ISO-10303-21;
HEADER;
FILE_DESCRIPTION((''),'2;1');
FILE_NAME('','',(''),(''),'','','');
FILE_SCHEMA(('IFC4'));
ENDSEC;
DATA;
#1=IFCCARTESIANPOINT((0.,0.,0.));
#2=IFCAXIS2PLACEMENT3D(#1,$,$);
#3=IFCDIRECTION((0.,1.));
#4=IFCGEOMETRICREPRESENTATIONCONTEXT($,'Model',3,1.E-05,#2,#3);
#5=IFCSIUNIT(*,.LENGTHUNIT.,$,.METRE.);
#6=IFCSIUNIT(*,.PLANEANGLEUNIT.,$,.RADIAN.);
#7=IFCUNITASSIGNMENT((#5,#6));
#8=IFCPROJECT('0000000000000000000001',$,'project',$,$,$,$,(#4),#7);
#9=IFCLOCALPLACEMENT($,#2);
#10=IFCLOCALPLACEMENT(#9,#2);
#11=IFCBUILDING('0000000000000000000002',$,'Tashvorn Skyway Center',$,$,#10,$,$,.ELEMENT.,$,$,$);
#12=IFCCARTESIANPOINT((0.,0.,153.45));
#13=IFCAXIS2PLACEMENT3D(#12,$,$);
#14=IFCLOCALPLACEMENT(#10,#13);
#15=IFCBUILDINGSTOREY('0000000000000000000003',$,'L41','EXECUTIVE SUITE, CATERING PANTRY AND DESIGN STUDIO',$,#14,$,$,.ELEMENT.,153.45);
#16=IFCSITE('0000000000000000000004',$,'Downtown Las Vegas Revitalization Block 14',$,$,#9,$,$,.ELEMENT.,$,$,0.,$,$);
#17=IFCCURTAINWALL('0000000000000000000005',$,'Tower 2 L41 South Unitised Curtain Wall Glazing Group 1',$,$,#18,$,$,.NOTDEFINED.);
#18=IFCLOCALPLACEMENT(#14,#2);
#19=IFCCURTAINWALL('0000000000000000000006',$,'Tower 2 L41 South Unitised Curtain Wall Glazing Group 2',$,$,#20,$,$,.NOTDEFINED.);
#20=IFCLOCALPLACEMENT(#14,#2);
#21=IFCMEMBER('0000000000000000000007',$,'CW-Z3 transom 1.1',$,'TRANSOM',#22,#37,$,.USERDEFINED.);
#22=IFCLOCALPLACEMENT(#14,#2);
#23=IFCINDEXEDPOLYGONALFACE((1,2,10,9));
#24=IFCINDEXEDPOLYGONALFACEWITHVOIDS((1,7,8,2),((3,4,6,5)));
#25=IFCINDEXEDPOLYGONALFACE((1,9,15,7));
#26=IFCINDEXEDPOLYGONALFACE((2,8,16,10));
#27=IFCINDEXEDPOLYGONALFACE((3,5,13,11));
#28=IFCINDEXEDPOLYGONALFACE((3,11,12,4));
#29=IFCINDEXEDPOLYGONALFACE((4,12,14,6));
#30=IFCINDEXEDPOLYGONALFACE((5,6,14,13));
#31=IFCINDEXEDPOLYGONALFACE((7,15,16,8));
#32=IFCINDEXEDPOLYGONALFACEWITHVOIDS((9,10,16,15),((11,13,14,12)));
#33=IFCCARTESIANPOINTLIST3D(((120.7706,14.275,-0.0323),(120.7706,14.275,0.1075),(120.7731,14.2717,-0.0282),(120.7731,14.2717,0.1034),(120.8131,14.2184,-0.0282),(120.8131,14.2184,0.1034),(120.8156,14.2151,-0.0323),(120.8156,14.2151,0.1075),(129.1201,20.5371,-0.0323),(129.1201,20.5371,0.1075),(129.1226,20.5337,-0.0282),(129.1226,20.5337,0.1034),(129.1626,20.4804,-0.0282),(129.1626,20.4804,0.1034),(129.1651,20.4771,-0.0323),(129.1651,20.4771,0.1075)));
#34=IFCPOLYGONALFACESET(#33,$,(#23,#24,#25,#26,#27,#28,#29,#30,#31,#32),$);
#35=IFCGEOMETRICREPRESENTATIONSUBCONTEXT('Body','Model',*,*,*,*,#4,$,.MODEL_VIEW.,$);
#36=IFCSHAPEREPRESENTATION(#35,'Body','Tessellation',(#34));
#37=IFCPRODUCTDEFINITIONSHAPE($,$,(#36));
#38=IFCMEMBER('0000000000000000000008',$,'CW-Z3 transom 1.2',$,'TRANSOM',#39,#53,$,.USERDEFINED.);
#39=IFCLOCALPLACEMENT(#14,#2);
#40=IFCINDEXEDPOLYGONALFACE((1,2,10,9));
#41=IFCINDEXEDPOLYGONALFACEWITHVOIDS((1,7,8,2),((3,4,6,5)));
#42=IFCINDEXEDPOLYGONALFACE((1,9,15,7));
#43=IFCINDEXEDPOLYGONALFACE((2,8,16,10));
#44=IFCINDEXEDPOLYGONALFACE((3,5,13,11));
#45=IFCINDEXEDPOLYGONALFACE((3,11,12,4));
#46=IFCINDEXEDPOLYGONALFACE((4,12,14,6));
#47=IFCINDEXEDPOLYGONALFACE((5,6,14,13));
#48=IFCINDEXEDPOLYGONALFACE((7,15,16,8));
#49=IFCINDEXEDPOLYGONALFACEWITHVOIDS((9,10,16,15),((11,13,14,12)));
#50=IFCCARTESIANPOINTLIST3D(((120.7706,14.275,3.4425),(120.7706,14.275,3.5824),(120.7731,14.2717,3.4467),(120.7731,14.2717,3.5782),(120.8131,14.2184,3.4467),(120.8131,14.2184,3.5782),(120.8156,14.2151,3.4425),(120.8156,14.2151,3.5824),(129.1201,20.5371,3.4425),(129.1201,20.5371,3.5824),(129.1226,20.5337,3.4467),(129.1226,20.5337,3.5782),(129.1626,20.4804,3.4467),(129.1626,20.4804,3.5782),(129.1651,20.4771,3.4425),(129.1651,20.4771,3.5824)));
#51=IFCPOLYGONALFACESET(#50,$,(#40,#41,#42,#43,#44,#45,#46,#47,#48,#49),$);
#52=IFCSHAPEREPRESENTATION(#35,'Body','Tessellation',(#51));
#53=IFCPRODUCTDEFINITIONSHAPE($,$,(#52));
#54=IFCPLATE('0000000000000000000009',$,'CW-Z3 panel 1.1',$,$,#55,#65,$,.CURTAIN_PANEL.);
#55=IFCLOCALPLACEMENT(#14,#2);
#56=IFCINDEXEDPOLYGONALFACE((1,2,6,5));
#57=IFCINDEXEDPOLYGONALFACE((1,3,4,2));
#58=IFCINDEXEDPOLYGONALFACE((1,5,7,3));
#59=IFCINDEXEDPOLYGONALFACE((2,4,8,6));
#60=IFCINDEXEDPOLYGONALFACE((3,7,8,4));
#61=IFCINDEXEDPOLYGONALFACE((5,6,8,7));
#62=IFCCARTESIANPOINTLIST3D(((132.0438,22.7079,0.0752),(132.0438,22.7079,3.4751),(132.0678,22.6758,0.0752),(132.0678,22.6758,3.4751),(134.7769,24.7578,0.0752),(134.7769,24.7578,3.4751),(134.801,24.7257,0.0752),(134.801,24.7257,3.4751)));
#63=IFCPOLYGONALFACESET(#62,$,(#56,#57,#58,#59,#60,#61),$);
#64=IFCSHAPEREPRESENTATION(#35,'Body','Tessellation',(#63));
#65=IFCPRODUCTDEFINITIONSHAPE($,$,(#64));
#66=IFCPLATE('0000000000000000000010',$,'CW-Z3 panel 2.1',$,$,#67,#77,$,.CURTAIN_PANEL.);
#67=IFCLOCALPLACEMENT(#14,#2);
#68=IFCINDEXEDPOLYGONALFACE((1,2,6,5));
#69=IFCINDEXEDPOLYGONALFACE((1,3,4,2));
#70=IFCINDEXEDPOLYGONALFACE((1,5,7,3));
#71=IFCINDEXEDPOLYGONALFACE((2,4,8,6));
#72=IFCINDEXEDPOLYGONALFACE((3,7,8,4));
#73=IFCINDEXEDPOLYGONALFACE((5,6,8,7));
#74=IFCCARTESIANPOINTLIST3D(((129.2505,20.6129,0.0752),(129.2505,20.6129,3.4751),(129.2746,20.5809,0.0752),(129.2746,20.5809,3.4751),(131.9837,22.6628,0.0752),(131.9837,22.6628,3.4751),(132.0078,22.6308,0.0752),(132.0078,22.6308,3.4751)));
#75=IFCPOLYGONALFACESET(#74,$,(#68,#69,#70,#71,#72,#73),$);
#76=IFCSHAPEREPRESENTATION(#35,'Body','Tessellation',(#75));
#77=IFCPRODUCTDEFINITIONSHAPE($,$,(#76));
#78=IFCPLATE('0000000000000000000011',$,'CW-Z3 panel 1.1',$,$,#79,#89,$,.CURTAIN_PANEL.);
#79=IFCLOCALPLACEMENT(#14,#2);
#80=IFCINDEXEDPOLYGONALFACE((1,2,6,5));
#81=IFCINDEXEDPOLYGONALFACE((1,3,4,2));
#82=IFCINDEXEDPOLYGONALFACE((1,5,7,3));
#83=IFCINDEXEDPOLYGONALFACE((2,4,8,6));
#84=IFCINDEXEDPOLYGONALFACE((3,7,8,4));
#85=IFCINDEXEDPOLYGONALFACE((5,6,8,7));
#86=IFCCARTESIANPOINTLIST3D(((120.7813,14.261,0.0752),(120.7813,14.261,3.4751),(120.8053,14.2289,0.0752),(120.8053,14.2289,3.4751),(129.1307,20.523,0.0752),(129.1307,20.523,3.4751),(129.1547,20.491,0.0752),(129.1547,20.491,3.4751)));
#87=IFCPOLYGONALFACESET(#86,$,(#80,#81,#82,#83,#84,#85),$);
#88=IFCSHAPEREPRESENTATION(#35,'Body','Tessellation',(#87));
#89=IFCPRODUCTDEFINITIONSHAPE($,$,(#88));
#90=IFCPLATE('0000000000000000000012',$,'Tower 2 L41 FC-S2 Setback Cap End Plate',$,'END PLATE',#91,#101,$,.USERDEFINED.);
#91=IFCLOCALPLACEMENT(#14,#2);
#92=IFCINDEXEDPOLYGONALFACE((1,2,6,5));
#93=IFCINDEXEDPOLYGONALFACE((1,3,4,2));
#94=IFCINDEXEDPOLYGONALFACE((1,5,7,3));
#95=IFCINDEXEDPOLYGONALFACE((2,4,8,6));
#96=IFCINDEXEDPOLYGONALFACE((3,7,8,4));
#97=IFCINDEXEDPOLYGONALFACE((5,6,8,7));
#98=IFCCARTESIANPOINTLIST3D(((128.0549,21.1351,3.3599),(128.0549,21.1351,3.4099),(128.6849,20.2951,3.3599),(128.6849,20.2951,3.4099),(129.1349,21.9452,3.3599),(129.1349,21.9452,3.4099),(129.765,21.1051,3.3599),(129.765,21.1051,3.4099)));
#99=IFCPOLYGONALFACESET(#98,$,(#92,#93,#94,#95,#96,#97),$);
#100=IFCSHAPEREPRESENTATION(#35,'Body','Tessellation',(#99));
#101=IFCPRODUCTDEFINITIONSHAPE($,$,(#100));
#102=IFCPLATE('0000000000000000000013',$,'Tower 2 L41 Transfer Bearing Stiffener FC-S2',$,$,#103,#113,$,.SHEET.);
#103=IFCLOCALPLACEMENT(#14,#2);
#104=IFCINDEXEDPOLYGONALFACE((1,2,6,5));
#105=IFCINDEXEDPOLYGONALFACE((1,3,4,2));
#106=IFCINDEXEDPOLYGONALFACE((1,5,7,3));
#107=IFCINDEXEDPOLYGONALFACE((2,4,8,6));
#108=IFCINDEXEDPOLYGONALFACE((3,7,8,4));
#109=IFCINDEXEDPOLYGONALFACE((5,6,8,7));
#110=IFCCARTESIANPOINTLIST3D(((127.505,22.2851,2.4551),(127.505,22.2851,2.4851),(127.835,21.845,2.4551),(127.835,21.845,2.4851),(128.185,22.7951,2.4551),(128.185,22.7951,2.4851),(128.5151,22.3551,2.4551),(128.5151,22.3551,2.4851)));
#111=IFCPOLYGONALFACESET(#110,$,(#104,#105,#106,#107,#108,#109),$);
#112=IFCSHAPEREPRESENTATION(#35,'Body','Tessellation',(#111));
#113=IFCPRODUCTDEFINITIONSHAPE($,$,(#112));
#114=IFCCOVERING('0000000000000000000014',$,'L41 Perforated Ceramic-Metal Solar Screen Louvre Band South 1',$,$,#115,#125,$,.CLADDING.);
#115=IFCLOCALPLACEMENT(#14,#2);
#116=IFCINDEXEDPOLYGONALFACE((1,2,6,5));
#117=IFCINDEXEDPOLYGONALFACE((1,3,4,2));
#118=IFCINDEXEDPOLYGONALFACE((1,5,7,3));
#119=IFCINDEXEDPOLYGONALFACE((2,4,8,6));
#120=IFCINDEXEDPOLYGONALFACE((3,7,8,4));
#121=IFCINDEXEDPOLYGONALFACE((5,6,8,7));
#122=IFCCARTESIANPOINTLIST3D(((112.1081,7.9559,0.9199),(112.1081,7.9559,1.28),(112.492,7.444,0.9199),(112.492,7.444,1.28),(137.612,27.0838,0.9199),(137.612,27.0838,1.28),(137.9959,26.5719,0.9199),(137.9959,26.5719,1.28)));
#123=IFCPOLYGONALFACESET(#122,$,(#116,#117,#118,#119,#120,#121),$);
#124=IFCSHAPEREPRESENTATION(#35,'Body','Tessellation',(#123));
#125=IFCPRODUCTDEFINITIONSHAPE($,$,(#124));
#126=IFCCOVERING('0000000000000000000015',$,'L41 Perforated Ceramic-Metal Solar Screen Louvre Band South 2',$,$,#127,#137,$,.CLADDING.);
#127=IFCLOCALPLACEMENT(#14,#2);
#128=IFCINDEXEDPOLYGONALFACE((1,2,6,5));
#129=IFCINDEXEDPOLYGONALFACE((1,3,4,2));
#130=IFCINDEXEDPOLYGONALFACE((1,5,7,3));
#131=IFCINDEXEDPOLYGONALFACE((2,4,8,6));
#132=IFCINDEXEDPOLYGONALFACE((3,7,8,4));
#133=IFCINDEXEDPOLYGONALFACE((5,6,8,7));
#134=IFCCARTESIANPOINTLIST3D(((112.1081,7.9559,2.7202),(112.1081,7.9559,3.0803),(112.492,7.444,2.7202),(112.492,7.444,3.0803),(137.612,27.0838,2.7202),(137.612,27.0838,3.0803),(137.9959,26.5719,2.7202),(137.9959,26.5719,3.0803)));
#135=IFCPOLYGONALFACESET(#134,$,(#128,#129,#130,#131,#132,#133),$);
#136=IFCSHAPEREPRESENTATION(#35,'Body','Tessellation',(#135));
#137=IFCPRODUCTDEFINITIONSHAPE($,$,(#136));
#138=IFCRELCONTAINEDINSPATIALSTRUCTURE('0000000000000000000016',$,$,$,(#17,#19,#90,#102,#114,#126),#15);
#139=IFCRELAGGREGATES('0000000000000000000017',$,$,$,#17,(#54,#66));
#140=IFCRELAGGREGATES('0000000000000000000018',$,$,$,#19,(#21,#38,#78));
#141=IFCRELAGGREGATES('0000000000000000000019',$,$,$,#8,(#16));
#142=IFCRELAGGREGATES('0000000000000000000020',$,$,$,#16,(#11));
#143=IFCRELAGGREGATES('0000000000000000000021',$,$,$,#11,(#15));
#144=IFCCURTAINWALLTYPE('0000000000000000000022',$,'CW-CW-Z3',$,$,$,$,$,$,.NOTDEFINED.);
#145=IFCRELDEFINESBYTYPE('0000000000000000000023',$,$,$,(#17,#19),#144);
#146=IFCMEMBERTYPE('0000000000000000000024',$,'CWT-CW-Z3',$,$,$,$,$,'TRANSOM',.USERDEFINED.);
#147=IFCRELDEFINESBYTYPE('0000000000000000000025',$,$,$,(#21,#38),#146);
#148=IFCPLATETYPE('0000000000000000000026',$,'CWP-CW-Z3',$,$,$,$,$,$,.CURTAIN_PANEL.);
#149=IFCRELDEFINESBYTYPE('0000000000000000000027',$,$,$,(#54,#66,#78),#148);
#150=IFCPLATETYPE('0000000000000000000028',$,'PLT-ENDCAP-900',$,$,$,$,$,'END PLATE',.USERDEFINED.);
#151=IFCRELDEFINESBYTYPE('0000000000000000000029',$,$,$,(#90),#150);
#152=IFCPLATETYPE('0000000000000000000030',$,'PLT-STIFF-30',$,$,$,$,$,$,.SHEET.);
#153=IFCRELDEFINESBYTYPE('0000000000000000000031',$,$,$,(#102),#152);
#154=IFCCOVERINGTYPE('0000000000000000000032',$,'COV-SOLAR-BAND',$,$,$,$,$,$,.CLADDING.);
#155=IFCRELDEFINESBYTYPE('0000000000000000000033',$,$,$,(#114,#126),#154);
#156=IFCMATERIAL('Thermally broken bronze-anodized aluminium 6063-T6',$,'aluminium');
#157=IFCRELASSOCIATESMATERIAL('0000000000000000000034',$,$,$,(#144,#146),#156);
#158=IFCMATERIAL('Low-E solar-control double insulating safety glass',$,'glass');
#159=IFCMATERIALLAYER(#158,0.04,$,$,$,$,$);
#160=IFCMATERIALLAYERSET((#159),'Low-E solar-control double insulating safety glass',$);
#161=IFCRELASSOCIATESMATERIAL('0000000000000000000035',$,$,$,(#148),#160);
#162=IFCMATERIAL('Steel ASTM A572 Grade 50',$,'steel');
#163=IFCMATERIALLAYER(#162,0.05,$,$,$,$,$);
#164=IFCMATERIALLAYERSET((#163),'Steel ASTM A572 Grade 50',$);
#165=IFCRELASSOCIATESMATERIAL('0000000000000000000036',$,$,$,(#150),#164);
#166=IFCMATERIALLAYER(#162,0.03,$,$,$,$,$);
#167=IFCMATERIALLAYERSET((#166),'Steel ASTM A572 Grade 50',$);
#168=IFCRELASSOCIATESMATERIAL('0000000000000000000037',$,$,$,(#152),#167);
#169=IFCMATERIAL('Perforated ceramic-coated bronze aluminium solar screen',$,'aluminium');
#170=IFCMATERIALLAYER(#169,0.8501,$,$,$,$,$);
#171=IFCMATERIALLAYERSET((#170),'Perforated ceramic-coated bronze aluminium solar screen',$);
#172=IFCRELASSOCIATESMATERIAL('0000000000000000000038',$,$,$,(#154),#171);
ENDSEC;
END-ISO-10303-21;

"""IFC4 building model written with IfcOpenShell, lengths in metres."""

from ifc_helpers import new_model, si_unit, direction, frame, origin, origin_2d, place, context, subcontext, project, spatial, rectangle, hollow_rectangle, extrude, material, layer, layer_set, material_profile, profile_set, type_object, element, aggregate, save


model = new_model("IFC4")

# Units and contexts
model_context = context("Model", 3, precision=1e-05, world=origin(), true_north=direction((0.0, 1.0)))
body_context = subcontext(model_context, "Body", "Model", "MODEL_VIEW")
ifc_project = project(units=[si_unit("LENGTHUNIT", "METRE"), si_unit("PLANEANGLEUNIT", "RADIAN")], contexts=[model_context])

# Site, building, storey
site_placement = place(None, origin())
site = spatial("IfcSite", under=ifc_project, at=site_placement, Name="Downtown Las Vegas Revitalization Block 14", CompositionType="ELEMENT", RefElevation=0.0)
building_placement = place(site_placement, origin())
building = spatial("IfcBuilding", under=site, at=building_placement, Name="Tashvorn Skyway Center", CompositionType="ELEMENT")
storey_placement = place(building_placement, frame((0.0, 0.0, 153.45)))
storey = spatial("IfcBuildingStorey", under=building, at=storey_placement, Name="L41", Description="EXECUTIVE SUITE, CATERING PANTRY AND DESIGN STUDIO", CompositionType="ELEMENT", Elevation=153.45)

# Shared definitions
ifc_material_1 = material(Name="Steel ASTM A572 Grade 50", Category="steel")

# Curtain wall
ifc_material_2 = material(Name="Thermally broken bronze-anodized aluminium 6063-T6", Category="aluminium")
curtain_wall_type = type_object("IfcCurtainWallType", Name="CW-CW-Z3", PredefinedType="NOTDEFINED", material=ifc_material_2)
curtain_wall_1_placement = place(storey_placement, origin())
curtain_wall_1 = element("IfcCurtainWall", 1, at=curtain_wall_1_placement, inside=storey, type_object=curtain_wall_type, Name="Tower 2 L41 South Unitised Curtain Wall Glazing Group 1", PredefinedType="NOTDEFINED")

# Curtain wall
curtain_wall_2_placement = place(storey_placement, origin())
curtain_wall_2 = element("IfcCurtainWall", 2, at=curtain_wall_2_placement, inside=storey, type_object=curtain_wall_type, Name="Tower 2 L41 South Unitised Curtain Wall Glazing Group 2", PredefinedType="NOTDEFINED")

# Members
ifc_material_profile_1 = material_profile(ifc_material_2, hollow_rectangle(XDim=0.075, YDim=0.1399, WallThickness=0.0042, at=origin_2d()), Name="ALU-TRAN-75x140")
ifc_profile_set_1 = profile_set([ifc_material_profile_1], Name="Thermally broken bronze-anodized aluminium 6063-T6")
member_type_1 = type_object("IfcMemberType", Name="CWT-CW-Z3", ElementType="TRANSOM", PredefinedType="USERDEFINED", material=ifc_profile_set_1)
member_1_placement = place(storey_placement, frame((129.1426, 20.5071, 0.0376), z_axis=(-0.800003, -0.599996, 0.0), x_axis=(0.599996, -0.800003, 0.0)))
member_1 = element("IfcMember", 3, at=member_1_placement, type_object=member_type_1, Name="CW-Z3 transom 1.1", ObjectType="TRANSOM", PredefinedType="USERDEFINED", context=body_context, shape_type="SweptSolid", body=[
    extrude(hollow_rectangle(XDim=0.075, YDim=0.1399, WallThickness=0.0042, at=origin_2d()), origin(), (0.0, 0.0, 1.0), 10.4368),
])
member_2_placement = place(storey_placement, frame((129.1426, 20.5071, 3.5125), z_axis=(-0.800003, -0.599996, 0.0), x_axis=(0.599996, -0.800003, 0.0)))
member_2 = element("IfcMember", 4, at=member_2_placement, type_object=member_type_1, Name="CW-Z3 transom 1.2", ObjectType="TRANSOM", PredefinedType="USERDEFINED", context=body_context, shape_type="SweptSolid", body=[
    extrude(hollow_rectangle(XDim=0.075, YDim=0.1399, WallThickness=0.0042, at=origin_2d()), origin(), (0.0, 0.0, 1.0), 10.4368),
])

# Plates
ifc_material_3 = material(Name="Low-E solar-control double insulating safety glass", Category="glass")
ifc_layer_1 = layer(ifc_material_3, 0.04)
ifc_layer_set_1 = layer_set([ifc_layer_1], Name="Low-E solar-control double insulating safety glass")
plate_type_1 = type_object("IfcPlateType", Name="CWP-CW-Z3", PredefinedType="CURTAIN_PANEL", material=ifc_layer_set_1)
plate_1_placement = place(storey_placement, frame((133.4224, 23.7168, 0.0752), z_axis=(0.0, 0.0, 1.0), x_axis=(-0.799997, -0.600005, 0.0)))
plate_1 = element("IfcPlate", 5, at=plate_1_placement, type_object=plate_type_1, Name="CW-Z3 panel 1.1", PredefinedType="CURTAIN_PANEL", context=body_context, shape_type="SweptSolid", body=[
    extrude(rectangle(XDim=3.4165, YDim=0.04, at=origin_2d()), origin(), (0.0, 0.0, 1.0), 3.3999),
])
plate_2_placement = place(storey_placement, frame((130.6292, 21.6218, 0.0752), z_axis=(0.0, 0.0, 1.0), x_axis=(-0.799997, -0.600005, 0.0)))
plate_2 = element("IfcPlate", 6, at=plate_2_placement, type_object=plate_type_1, Name="CW-Z3 panel 2.1", PredefinedType="CURTAIN_PANEL", context=body_context, shape_type="SweptSolid", body=[
    extrude(rectangle(XDim=3.4165, YDim=0.04, at=origin_2d()), origin(), (0.0, 0.0, 1.0), 3.3999),
])
aggregate(curtain_wall_1, [plate_1, plate_2])
plate_3_placement = place(storey_placement, frame((124.968, 17.376, 0.0752), z_axis=(0.0, 0.0, 1.0), x_axis=(-0.800002, -0.599997, 0.0)))
plate_3 = element("IfcPlate", 7, at=plate_3_placement, type_object=plate_type_1, Name="CW-Z3 panel 1.1", PredefinedType="CURTAIN_PANEL", context=body_context, shape_type="SweptSolid", body=[
    extrude(rectangle(XDim=10.4368, YDim=0.04, at=origin_2d()), origin(), (0.0, 0.0, 1.0), 3.3999),
])
aggregate(curtain_wall_2, [member_1, member_2, plate_3])

# Plates
ifc_layer_2 = layer(ifc_material_1, 0.05)
ifc_layer_set_2 = layer_set([ifc_layer_2], Name="Steel ASTM A572 Grade 50")
plate_type_2 = type_object("IfcPlateType", Name="PLT-ENDCAP-900", ElementType="END PLATE", PredefinedType="USERDEFINED", material=ifc_layer_set_2)
plate_4_placement = place(storey_placement, frame((128.9099, 21.1201, 3.3599), z_axis=(0.0, 0.0, 1.0), x_axis=(0.8, 0.6, 0.0)))
element("IfcPlate", 8, at=plate_4_placement, inside=storey, type_object=plate_type_2, Name="Tower 2 L41 FC-S2 Setback Cap End Plate", ObjectType="END PLATE", PredefinedType="USERDEFINED", context=body_context, shape_type="SweptSolid", body=[
    extrude(rectangle(XDim=1.3501, YDim=1.05, at=origin_2d()), origin(), (0.0, 0.0, 1.0), 0.05),
])
ifc_layer_3 = layer(ifc_material_1, 0.03)
ifc_layer_set_3 = layer_set([ifc_layer_3], Name="Steel ASTM A572 Grade 50")
plate_type_3 = type_object("IfcPlateType", Name="PLT-STIFF-30", PredefinedType="SHEET", material=ifc_layer_set_3)
plate_5_placement = place(storey_placement, frame((128.01, 22.3201, 2.4551), z_axis=(0.0, 0.0, 1.0), x_axis=(0.8, 0.6, 0.0)))
element("IfcPlate", 9, at=plate_5_placement, inside=storey, type_object=plate_type_3, Name="Tower 2 L41 Transfer Bearing Stiffener FC-S2", PredefinedType="SHEET", context=body_context, shape_type="SweptSolid", body=[
    extrude(rectangle(XDim=0.8501, YDim=0.55, at=origin_2d()), origin(), (0.0, 0.0, 1.0), 0.03),
])

# Coverings
ifc_material_4 = material(Name="Perforated ceramic-coated bronze aluminium solar screen", Category="aluminium")
ifc_layer_4 = layer(ifc_material_4, 0.8501)
ifc_layer_set_4 = layer_set([ifc_layer_4], Name="Perforated ceramic-coated bronze aluminium solar screen")
covering_type = type_object("IfcCoveringType", Name="COV-SOLAR-BAND", PredefinedType="CLADDING", material=ifc_layer_set_4)
for number, where, z_axis, x_axis, name in (
    (10, (125.052, 17.2639, 0.9199), (0.0, 0.0, 1.0), (-0.8, -0.6, 0.0), "L41 Perforated Ceramic-Metal Solar Screen Louvre Band South 1"),
    (11, (125.052, 17.2639, 2.7202), (0.0, 0.0, 1.0), (-0.8, -0.6, 0.0), "L41 Perforated Ceramic-Metal Solar Screen Louvre Band South 2"),
):
    element("IfcCovering", number, at=place(storey_placement, frame(where, z_axis=z_axis, x_axis=x_axis)), inside=storey, type_object=covering_type, Name=name, PredefinedType="CLADDING", context=body_context, shape_type="SweptSolid", body=[
        extrude(rectangle(XDim=31.8799, YDim=0.6399, at=origin_2d()), origin(), (0.0, 0.0, 1.0), 0.3601),
    ])

save(model, "model.ifc")
